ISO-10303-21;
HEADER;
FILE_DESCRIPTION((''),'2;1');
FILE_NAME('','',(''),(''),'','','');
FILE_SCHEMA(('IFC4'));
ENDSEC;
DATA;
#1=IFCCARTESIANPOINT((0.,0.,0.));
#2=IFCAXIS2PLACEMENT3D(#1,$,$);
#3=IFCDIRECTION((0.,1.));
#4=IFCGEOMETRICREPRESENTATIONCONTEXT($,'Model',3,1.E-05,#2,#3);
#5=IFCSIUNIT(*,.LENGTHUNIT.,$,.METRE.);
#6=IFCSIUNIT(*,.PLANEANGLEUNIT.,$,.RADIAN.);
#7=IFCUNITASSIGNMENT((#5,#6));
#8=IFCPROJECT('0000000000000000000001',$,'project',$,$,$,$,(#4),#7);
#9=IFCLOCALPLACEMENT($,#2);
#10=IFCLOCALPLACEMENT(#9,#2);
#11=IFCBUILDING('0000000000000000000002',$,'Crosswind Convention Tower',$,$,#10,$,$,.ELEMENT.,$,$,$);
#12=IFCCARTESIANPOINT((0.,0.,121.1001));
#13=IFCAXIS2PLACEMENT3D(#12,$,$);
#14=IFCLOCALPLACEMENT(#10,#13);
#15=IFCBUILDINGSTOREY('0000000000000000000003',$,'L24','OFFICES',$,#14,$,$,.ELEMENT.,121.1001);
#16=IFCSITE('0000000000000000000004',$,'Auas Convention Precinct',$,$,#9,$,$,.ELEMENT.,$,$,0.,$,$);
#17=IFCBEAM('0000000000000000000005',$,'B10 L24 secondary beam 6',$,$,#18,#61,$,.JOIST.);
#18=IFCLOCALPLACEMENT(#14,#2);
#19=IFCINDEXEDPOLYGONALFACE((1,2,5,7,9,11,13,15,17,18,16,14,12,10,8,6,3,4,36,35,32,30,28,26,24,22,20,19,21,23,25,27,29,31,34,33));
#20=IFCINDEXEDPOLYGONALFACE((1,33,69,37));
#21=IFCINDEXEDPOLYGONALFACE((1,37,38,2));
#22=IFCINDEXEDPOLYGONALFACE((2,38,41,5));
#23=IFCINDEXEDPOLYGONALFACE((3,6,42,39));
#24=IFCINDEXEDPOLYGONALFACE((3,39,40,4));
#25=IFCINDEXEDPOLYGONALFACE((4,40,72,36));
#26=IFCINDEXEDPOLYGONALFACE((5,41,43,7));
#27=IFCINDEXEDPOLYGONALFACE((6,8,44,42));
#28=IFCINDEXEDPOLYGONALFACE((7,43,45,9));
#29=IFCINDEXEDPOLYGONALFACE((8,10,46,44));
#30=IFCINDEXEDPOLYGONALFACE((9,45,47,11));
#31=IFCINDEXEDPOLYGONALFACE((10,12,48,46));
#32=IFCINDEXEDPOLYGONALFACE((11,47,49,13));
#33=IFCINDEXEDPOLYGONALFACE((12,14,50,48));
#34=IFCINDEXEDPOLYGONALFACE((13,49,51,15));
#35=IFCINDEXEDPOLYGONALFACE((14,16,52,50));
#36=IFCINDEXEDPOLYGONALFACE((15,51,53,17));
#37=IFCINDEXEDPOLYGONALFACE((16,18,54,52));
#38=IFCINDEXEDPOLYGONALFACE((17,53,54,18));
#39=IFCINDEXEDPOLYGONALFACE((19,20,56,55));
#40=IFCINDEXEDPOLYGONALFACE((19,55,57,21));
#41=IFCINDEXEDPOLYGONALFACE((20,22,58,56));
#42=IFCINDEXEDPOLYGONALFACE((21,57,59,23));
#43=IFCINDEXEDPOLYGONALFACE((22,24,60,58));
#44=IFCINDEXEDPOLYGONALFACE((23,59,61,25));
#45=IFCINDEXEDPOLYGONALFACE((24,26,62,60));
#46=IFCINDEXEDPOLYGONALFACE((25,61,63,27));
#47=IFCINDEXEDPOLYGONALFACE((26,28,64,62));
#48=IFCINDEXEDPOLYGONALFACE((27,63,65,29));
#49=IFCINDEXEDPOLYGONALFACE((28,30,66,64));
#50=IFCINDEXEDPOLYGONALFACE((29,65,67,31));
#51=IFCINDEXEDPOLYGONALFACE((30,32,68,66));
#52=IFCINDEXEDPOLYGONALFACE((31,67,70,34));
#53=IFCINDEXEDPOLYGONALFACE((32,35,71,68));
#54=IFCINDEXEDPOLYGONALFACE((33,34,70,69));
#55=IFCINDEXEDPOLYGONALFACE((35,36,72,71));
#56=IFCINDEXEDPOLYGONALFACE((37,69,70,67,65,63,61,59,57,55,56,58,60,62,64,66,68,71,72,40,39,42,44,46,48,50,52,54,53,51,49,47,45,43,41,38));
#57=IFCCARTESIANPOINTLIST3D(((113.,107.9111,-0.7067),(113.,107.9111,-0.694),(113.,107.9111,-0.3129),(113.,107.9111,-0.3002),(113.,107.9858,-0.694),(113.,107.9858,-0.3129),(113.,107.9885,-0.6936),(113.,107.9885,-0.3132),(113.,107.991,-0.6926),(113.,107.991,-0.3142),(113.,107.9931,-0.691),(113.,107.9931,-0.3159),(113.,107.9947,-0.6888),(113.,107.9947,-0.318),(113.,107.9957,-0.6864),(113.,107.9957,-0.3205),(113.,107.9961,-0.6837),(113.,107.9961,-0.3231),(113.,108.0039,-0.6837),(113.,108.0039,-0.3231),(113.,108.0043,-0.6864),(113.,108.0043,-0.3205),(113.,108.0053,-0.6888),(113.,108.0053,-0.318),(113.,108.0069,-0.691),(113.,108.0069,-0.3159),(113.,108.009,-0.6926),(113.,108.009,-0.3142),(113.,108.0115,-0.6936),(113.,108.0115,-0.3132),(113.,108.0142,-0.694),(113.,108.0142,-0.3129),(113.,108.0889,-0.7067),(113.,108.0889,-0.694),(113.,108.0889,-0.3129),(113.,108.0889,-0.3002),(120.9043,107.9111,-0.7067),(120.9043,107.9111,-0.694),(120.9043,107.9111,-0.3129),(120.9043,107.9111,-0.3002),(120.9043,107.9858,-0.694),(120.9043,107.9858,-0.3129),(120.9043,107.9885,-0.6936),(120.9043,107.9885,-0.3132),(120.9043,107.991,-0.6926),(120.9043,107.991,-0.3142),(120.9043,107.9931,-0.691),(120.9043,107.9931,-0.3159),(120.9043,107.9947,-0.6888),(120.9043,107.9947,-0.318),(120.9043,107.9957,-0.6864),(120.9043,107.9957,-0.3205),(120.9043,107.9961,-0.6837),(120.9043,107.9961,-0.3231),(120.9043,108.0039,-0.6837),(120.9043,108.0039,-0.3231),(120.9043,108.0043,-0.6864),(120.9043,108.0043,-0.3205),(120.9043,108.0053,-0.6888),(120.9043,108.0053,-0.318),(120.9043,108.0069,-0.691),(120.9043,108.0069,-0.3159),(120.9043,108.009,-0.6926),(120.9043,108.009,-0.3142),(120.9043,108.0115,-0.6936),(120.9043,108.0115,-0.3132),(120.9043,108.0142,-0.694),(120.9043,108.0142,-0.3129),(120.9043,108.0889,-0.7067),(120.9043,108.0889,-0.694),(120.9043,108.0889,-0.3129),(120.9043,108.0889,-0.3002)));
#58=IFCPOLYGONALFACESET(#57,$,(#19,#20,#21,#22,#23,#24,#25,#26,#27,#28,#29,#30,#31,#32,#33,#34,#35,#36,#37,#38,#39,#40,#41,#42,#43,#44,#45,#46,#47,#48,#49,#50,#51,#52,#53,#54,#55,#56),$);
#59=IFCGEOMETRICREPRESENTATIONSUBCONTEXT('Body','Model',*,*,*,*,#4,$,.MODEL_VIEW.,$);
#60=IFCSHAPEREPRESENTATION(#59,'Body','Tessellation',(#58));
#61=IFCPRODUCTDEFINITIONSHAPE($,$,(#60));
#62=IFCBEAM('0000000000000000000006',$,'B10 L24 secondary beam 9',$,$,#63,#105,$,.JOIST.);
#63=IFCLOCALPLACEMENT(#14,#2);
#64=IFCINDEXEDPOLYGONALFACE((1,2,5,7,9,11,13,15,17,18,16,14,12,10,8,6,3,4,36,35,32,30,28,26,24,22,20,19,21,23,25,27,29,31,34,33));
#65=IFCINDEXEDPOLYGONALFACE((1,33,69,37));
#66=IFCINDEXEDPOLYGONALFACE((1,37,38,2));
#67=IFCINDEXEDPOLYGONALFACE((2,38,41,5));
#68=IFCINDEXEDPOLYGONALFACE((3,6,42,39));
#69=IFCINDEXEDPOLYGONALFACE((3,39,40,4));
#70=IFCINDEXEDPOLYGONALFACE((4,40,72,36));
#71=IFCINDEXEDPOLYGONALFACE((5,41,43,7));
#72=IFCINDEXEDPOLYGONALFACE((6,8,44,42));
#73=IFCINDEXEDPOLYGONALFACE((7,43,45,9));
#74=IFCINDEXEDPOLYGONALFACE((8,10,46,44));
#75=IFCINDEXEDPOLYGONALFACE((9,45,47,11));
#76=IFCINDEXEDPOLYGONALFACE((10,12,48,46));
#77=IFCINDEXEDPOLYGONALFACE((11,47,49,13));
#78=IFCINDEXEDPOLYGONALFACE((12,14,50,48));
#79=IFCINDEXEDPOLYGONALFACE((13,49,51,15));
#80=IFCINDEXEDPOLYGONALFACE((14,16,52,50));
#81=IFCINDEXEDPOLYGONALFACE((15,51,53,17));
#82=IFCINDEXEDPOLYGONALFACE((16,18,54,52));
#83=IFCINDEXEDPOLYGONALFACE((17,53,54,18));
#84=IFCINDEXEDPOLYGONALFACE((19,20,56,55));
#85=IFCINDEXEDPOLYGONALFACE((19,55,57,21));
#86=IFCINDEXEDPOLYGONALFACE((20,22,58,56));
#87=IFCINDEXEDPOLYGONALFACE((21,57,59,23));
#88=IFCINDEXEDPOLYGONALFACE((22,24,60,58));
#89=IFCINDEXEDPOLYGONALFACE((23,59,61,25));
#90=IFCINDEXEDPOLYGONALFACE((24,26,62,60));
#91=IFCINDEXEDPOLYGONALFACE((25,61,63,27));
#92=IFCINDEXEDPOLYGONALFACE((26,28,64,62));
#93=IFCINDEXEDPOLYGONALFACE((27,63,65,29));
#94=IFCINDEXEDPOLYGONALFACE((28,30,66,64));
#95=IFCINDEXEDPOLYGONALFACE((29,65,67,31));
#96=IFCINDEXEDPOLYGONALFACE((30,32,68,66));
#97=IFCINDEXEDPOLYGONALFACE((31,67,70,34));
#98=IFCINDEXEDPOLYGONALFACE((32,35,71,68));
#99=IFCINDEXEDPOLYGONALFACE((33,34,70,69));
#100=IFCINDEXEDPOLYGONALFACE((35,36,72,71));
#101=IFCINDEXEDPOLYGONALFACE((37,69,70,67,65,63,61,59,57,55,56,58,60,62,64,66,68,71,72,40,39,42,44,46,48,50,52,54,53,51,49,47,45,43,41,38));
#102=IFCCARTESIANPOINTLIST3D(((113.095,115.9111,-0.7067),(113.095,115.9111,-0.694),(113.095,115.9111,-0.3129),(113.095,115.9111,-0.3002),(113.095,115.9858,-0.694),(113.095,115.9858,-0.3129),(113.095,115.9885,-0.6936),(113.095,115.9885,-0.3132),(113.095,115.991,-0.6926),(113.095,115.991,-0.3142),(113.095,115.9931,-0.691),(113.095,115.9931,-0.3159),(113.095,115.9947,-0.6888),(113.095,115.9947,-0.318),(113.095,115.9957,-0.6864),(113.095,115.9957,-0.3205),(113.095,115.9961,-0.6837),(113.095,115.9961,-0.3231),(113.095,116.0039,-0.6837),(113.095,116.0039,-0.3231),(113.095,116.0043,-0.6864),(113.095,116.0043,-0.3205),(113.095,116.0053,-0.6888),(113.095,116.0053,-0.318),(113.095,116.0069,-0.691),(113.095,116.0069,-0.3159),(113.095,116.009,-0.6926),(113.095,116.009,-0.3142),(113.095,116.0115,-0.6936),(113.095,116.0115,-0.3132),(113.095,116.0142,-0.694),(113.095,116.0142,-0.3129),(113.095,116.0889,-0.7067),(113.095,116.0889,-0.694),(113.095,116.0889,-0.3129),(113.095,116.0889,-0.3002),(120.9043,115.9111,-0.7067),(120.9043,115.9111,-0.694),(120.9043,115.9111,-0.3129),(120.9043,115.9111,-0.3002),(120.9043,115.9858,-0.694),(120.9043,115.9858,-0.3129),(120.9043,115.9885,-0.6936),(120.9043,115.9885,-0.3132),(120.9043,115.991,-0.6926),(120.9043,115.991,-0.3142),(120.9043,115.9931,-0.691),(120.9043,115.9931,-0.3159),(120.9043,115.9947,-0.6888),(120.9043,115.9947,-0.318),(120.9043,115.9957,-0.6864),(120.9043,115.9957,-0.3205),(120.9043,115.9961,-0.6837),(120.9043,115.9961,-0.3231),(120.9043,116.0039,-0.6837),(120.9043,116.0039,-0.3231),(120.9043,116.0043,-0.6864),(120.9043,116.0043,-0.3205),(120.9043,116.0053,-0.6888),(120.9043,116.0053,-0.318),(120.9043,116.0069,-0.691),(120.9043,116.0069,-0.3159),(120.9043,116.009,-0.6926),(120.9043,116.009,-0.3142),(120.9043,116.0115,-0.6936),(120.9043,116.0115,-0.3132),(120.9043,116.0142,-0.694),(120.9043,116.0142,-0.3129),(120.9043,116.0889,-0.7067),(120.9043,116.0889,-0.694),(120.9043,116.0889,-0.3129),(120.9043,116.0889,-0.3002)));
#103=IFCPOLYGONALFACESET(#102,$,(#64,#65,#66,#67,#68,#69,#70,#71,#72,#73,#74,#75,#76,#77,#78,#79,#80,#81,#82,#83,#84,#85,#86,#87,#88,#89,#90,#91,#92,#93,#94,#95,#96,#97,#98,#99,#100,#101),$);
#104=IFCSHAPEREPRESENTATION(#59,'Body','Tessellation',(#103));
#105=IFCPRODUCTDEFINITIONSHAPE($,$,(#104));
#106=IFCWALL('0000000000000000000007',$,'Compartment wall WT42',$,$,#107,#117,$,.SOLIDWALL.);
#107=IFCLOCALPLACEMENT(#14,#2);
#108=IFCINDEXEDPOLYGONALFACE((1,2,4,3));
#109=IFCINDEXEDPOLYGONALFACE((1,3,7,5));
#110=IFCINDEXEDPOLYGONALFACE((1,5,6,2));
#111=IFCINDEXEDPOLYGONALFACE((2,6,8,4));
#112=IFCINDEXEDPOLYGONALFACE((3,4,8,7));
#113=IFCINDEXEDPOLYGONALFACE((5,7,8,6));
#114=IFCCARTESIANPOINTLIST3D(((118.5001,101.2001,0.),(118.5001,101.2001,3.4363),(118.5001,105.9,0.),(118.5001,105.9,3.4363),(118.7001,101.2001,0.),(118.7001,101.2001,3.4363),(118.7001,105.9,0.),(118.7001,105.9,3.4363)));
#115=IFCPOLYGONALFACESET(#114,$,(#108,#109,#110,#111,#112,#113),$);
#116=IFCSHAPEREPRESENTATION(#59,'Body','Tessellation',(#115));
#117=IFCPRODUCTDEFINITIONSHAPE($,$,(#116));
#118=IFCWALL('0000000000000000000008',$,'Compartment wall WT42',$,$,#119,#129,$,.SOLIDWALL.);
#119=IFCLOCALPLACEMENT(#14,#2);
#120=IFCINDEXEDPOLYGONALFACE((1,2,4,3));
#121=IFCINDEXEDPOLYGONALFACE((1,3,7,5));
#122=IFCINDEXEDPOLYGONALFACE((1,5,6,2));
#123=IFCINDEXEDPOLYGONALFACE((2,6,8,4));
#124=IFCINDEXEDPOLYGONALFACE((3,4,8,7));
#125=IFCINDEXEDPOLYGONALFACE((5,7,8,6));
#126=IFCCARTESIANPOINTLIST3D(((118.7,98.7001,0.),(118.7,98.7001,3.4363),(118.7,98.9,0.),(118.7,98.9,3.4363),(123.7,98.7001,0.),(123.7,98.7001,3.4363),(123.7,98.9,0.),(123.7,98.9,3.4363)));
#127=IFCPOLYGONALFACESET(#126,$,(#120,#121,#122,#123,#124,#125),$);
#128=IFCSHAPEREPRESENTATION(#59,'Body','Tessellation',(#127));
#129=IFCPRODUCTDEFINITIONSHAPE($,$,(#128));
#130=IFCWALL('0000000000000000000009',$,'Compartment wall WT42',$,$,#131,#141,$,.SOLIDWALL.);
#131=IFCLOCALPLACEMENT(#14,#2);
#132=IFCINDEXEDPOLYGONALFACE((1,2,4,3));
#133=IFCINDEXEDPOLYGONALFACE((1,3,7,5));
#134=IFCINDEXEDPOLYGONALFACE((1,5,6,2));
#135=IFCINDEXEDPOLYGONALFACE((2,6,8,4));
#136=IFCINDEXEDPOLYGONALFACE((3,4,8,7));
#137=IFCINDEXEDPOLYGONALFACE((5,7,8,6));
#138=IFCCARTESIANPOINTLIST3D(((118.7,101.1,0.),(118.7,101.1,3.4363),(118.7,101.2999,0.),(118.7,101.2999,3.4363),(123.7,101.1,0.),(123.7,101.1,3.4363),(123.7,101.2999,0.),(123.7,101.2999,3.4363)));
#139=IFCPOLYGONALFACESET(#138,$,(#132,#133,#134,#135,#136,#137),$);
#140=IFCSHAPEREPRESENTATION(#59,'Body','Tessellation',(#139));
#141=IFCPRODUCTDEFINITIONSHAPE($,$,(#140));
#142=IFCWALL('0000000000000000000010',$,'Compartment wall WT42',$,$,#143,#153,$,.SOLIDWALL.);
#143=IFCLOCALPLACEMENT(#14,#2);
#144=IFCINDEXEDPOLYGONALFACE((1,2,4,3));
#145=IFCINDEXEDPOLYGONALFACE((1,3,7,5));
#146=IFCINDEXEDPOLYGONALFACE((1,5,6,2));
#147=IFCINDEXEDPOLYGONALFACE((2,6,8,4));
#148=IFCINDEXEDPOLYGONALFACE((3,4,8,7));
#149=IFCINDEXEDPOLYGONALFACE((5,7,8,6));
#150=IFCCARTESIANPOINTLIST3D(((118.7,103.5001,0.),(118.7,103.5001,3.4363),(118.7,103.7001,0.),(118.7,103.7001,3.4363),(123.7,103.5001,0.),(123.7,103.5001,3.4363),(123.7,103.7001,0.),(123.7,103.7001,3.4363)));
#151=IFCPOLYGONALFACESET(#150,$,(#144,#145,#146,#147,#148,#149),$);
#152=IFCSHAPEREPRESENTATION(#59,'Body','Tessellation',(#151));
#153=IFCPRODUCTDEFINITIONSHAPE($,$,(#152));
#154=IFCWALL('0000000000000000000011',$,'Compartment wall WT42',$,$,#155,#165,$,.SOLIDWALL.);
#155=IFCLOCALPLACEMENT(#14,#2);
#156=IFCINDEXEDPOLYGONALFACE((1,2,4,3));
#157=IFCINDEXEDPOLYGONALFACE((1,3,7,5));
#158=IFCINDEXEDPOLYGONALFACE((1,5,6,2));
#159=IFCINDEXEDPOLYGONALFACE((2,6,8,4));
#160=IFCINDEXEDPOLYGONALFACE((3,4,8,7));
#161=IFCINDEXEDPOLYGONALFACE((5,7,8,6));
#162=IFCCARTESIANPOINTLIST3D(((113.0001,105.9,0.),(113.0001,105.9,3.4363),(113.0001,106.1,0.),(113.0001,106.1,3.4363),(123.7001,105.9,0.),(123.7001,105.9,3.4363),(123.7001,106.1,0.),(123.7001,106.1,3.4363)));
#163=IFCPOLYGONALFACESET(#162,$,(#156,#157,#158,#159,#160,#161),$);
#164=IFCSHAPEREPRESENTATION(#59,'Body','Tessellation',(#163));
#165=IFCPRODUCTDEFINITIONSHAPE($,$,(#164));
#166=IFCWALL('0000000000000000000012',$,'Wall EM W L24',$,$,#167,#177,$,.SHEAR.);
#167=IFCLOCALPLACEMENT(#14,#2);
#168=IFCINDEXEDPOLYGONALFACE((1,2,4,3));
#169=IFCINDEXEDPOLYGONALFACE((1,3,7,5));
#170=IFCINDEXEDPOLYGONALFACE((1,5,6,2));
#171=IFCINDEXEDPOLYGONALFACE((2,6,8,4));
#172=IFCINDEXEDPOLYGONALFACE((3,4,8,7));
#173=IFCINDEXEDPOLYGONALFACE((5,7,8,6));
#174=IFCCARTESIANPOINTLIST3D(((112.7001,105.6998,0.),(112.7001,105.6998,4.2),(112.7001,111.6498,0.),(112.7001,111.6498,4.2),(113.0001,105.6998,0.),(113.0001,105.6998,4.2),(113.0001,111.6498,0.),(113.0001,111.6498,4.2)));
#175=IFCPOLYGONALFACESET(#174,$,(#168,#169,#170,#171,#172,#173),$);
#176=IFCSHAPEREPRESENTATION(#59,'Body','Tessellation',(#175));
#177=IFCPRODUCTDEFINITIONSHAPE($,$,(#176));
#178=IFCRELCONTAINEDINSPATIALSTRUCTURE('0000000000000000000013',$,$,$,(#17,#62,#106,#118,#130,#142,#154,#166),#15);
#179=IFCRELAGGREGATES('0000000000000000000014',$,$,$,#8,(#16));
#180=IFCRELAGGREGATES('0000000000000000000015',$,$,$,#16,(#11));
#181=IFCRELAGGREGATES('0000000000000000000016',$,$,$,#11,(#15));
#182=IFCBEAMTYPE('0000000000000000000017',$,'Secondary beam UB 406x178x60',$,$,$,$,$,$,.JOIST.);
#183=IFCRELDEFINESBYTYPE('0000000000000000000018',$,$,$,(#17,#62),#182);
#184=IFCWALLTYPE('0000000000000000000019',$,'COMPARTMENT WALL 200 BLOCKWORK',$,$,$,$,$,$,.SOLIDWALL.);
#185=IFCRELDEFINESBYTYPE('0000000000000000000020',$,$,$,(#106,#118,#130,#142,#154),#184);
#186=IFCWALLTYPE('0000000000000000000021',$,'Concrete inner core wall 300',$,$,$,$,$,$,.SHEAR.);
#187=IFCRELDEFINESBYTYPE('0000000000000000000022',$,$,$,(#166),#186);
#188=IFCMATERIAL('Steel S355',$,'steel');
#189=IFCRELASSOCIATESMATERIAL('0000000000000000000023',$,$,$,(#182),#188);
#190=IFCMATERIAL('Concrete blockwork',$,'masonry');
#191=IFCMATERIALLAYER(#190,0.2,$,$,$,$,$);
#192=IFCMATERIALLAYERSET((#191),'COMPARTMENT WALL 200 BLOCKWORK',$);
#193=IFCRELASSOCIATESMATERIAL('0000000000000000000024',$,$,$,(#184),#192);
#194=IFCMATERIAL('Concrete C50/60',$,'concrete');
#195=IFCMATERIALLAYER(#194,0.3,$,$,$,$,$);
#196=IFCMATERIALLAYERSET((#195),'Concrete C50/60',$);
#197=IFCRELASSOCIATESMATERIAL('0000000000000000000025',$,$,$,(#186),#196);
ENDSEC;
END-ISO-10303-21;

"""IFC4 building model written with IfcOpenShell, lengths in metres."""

from ifc_helpers import new_model, si_unit, direction, frame, frame_2d, origin, origin_2d, place, context, subcontext, project, spatial, rectangle, i_section, extrude, material, layer, layer_set, material_profile, profile_set, type_object, element, save


model = new_model("IFC4")

# Units and contexts
model_context = context("Model", 3, precision=1e-05, world=origin(), true_north=direction((0.0, 1.0)))
body_context = subcontext(model_context, "Body", "Model", "MODEL_VIEW")
ifc_project = project(units=[si_unit("LENGTHUNIT", "METRE"), si_unit("PLANEANGLEUNIT", "RADIAN")], contexts=[model_context])

# Site, building, storey
site_placement = place(None, origin())
site = spatial("IfcSite", under=ifc_project, at=site_placement, Name="Auas Convention Precinct", CompositionType="ELEMENT", RefElevation=0.0)
building_placement = place(site_placement, origin())
building = spatial("IfcBuilding", under=site, at=building_placement, Name="Crosswind Convention Tower", CompositionType="ELEMENT")
storey_placement = place(building_placement, frame((0.0, 0.0, 121.1001)))
storey = spatial("IfcBuildingStorey", under=building, at=storey_placement, Name="L24", Description="OFFICES", CompositionType="ELEMENT", Elevation=121.1001)

# Shared definitions
ifc_material_1 = material(Name="Steel S355", Category="steel")

# Beams
ifc_material_profile_1 = material_profile(ifc_material_1, i_section(OverallWidth=0.1777, OverallDepth=0.4065, WebThickness=0.0078, FlangeThickness=0.0127, FilletRadius=0.0103, at=origin_2d()), Name="UB 406x178x60")
ifc_profile_set_1 = profile_set([ifc_material_profile_1], Name="Steel S355")
beam_type_1 = type_object("IfcBeamType", Name="Secondary beam UB 406x178x60", PredefinedType="JOIST", material=ifc_profile_set_1)
for number, where, z_axis, x_axis, name in (
    (1, (113.0, 108.0, -0.5034), (1.0, 0.0, 0.0), (0.0, 1.0, 0.0), "B10 L24 secondary beam 6"),
):
    element("IfcBeam", number, at=place(storey_placement, frame(where, z_axis=z_axis, x_axis=x_axis)), inside=storey, type_object=beam_type_1, Name=name, PredefinedType="JOIST", context=body_context, shape_type="SweptSolid", body=[
        extrude(i_section(OverallWidth=0.1777, OverallDepth=0.4065, WebThickness=0.0078, FlangeThickness=0.0127, FilletRadius=0.0103, at=origin_2d()), origin(), (0.0, 0.0, 1.0), 7.9043),
    ])
beam_1_placement = place(storey_placement, frame((113.095, 116.0, -0.5034), z_axis=(1.0, 0.0, 0.0), x_axis=(0.0, 1.0, 0.0)))
element("IfcBeam", 2, at=beam_1_placement, inside=storey, type_object=beam_type_1, Name="B10 L24 secondary beam 9", PredefinedType="JOIST", context=body_context, shape_type="SweptSolid", body=[
    extrude(i_section(OverallWidth=0.1777, OverallDepth=0.4065, WebThickness=0.0078, FlangeThickness=0.0127, FilletRadius=0.0103, at=origin_2d()), origin(), (0.0, 0.0, 1.0), 7.8093),
])

# Walls
ifc_material_2 = material(Name="Concrete blockwork", Category="masonry")
ifc_layer_1 = layer(ifc_material_2, 0.2)
ifc_layer_set_1 = layer_set([ifc_layer_1], Name="COMPARTMENT WALL 200 BLOCKWORK")
wall_type_1 = type_object("IfcWallType", Name="COMPARTMENT WALL 200 BLOCKWORK", PredefinedType="SOLIDWALL", material=ifc_layer_set_1)
wall_1_placement = place(storey_placement, frame((118.6001, 101.2, 0.0), z_axis=(0.0, 0.0, 1.0), x_axis=(0.0, 1.0, 0.0)))
element("IfcWall", 3, at=wall_1_placement, inside=storey, type_object=wall_type_1, Name="Compartment wall WT42", PredefinedType="SOLIDWALL", context=body_context, shape_type="SweptSolid", body=[
    extrude(rectangle(XDim=4.7, YDim=0.2, at=frame_2d((2.3501, 0.0))), origin(), (0.0, 0.0, 1.0), 3.4363),
])
for number, where, z_axis, x_axis, name in (
    (4, (118.7, 98.8, 0.0), (0.0, 0.0, 1.0), (1.0, 0.0, 0.0), "Compartment wall WT42"),
    (5, (118.7, 101.2, 0.0), (0.0, 0.0, 1.0), (1.0, 0.0, 0.0), "Compartment wall WT42"),
    (6, (118.7, 103.6001, 0.0), (0.0, 0.0, 1.0), (1.0, 0.0, 0.0), "Compartment wall WT42"),
):
    element("IfcWall", number, at=place(storey_placement, frame(where, z_axis=z_axis, x_axis=x_axis)), inside=storey, type_object=wall_type_1, Name=name, PredefinedType="SOLIDWALL", context=body_context, shape_type="SweptSolid", body=[
        extrude(rectangle(XDim=5.0, YDim=0.2, at=frame_2d((2.5, 0.0))), origin(), (0.0, 0.0, 1.0), 3.4363),
    ])
wall_2_placement = place(storey_placement, frame((113.0, 106.0, 0.0), z_axis=(0.0, 0.0, 1.0), x_axis=(1.0, 0.0, 0.0)))
element("IfcWall", 7, at=wall_2_placement, inside=storey, type_object=wall_type_1, Name="Compartment wall WT42", PredefinedType="SOLIDWALL", context=body_context, shape_type="SweptSolid", body=[
    extrude(rectangle(XDim=10.7, YDim=0.2, at=frame_2d((5.3501, 0.0))), origin(), (0.0, 0.0, 1.0), 3.4363),
])

# Shared definitions
ifc_material_3 = material(Name="Concrete C50/60", Category="concrete")
ifc_layer_2 = layer(ifc_material_3, 0.3)
ifc_layer_set_2 = layer_set([ifc_layer_2], Name="Concrete C50/60")
wall_type_2 = type_object("IfcWallType", Name="Concrete inner core wall 300", PredefinedType="SHEAR", material=ifc_layer_set_2)

# Wall
wall_3_placement = place(storey_placement, frame((112.8501, 111.6499, 0.0), z_axis=(0.0, 0.0, 1.0), x_axis=(0.0, -1.0, 0.0)))
element("IfcWall", 8, at=wall_3_placement, inside=storey, type_object=wall_type_2, Name="Wall EM W L24", PredefinedType="SHEAR", context=body_context, shape_type="SweptSolid", body=[
    extrude(rectangle(XDim=5.95, YDim=0.3, at=frame_2d((2.9751, 0.0))), origin(), (0.0, 0.0, 1.0), 4.2),
])

save(model, "model.ifc")
